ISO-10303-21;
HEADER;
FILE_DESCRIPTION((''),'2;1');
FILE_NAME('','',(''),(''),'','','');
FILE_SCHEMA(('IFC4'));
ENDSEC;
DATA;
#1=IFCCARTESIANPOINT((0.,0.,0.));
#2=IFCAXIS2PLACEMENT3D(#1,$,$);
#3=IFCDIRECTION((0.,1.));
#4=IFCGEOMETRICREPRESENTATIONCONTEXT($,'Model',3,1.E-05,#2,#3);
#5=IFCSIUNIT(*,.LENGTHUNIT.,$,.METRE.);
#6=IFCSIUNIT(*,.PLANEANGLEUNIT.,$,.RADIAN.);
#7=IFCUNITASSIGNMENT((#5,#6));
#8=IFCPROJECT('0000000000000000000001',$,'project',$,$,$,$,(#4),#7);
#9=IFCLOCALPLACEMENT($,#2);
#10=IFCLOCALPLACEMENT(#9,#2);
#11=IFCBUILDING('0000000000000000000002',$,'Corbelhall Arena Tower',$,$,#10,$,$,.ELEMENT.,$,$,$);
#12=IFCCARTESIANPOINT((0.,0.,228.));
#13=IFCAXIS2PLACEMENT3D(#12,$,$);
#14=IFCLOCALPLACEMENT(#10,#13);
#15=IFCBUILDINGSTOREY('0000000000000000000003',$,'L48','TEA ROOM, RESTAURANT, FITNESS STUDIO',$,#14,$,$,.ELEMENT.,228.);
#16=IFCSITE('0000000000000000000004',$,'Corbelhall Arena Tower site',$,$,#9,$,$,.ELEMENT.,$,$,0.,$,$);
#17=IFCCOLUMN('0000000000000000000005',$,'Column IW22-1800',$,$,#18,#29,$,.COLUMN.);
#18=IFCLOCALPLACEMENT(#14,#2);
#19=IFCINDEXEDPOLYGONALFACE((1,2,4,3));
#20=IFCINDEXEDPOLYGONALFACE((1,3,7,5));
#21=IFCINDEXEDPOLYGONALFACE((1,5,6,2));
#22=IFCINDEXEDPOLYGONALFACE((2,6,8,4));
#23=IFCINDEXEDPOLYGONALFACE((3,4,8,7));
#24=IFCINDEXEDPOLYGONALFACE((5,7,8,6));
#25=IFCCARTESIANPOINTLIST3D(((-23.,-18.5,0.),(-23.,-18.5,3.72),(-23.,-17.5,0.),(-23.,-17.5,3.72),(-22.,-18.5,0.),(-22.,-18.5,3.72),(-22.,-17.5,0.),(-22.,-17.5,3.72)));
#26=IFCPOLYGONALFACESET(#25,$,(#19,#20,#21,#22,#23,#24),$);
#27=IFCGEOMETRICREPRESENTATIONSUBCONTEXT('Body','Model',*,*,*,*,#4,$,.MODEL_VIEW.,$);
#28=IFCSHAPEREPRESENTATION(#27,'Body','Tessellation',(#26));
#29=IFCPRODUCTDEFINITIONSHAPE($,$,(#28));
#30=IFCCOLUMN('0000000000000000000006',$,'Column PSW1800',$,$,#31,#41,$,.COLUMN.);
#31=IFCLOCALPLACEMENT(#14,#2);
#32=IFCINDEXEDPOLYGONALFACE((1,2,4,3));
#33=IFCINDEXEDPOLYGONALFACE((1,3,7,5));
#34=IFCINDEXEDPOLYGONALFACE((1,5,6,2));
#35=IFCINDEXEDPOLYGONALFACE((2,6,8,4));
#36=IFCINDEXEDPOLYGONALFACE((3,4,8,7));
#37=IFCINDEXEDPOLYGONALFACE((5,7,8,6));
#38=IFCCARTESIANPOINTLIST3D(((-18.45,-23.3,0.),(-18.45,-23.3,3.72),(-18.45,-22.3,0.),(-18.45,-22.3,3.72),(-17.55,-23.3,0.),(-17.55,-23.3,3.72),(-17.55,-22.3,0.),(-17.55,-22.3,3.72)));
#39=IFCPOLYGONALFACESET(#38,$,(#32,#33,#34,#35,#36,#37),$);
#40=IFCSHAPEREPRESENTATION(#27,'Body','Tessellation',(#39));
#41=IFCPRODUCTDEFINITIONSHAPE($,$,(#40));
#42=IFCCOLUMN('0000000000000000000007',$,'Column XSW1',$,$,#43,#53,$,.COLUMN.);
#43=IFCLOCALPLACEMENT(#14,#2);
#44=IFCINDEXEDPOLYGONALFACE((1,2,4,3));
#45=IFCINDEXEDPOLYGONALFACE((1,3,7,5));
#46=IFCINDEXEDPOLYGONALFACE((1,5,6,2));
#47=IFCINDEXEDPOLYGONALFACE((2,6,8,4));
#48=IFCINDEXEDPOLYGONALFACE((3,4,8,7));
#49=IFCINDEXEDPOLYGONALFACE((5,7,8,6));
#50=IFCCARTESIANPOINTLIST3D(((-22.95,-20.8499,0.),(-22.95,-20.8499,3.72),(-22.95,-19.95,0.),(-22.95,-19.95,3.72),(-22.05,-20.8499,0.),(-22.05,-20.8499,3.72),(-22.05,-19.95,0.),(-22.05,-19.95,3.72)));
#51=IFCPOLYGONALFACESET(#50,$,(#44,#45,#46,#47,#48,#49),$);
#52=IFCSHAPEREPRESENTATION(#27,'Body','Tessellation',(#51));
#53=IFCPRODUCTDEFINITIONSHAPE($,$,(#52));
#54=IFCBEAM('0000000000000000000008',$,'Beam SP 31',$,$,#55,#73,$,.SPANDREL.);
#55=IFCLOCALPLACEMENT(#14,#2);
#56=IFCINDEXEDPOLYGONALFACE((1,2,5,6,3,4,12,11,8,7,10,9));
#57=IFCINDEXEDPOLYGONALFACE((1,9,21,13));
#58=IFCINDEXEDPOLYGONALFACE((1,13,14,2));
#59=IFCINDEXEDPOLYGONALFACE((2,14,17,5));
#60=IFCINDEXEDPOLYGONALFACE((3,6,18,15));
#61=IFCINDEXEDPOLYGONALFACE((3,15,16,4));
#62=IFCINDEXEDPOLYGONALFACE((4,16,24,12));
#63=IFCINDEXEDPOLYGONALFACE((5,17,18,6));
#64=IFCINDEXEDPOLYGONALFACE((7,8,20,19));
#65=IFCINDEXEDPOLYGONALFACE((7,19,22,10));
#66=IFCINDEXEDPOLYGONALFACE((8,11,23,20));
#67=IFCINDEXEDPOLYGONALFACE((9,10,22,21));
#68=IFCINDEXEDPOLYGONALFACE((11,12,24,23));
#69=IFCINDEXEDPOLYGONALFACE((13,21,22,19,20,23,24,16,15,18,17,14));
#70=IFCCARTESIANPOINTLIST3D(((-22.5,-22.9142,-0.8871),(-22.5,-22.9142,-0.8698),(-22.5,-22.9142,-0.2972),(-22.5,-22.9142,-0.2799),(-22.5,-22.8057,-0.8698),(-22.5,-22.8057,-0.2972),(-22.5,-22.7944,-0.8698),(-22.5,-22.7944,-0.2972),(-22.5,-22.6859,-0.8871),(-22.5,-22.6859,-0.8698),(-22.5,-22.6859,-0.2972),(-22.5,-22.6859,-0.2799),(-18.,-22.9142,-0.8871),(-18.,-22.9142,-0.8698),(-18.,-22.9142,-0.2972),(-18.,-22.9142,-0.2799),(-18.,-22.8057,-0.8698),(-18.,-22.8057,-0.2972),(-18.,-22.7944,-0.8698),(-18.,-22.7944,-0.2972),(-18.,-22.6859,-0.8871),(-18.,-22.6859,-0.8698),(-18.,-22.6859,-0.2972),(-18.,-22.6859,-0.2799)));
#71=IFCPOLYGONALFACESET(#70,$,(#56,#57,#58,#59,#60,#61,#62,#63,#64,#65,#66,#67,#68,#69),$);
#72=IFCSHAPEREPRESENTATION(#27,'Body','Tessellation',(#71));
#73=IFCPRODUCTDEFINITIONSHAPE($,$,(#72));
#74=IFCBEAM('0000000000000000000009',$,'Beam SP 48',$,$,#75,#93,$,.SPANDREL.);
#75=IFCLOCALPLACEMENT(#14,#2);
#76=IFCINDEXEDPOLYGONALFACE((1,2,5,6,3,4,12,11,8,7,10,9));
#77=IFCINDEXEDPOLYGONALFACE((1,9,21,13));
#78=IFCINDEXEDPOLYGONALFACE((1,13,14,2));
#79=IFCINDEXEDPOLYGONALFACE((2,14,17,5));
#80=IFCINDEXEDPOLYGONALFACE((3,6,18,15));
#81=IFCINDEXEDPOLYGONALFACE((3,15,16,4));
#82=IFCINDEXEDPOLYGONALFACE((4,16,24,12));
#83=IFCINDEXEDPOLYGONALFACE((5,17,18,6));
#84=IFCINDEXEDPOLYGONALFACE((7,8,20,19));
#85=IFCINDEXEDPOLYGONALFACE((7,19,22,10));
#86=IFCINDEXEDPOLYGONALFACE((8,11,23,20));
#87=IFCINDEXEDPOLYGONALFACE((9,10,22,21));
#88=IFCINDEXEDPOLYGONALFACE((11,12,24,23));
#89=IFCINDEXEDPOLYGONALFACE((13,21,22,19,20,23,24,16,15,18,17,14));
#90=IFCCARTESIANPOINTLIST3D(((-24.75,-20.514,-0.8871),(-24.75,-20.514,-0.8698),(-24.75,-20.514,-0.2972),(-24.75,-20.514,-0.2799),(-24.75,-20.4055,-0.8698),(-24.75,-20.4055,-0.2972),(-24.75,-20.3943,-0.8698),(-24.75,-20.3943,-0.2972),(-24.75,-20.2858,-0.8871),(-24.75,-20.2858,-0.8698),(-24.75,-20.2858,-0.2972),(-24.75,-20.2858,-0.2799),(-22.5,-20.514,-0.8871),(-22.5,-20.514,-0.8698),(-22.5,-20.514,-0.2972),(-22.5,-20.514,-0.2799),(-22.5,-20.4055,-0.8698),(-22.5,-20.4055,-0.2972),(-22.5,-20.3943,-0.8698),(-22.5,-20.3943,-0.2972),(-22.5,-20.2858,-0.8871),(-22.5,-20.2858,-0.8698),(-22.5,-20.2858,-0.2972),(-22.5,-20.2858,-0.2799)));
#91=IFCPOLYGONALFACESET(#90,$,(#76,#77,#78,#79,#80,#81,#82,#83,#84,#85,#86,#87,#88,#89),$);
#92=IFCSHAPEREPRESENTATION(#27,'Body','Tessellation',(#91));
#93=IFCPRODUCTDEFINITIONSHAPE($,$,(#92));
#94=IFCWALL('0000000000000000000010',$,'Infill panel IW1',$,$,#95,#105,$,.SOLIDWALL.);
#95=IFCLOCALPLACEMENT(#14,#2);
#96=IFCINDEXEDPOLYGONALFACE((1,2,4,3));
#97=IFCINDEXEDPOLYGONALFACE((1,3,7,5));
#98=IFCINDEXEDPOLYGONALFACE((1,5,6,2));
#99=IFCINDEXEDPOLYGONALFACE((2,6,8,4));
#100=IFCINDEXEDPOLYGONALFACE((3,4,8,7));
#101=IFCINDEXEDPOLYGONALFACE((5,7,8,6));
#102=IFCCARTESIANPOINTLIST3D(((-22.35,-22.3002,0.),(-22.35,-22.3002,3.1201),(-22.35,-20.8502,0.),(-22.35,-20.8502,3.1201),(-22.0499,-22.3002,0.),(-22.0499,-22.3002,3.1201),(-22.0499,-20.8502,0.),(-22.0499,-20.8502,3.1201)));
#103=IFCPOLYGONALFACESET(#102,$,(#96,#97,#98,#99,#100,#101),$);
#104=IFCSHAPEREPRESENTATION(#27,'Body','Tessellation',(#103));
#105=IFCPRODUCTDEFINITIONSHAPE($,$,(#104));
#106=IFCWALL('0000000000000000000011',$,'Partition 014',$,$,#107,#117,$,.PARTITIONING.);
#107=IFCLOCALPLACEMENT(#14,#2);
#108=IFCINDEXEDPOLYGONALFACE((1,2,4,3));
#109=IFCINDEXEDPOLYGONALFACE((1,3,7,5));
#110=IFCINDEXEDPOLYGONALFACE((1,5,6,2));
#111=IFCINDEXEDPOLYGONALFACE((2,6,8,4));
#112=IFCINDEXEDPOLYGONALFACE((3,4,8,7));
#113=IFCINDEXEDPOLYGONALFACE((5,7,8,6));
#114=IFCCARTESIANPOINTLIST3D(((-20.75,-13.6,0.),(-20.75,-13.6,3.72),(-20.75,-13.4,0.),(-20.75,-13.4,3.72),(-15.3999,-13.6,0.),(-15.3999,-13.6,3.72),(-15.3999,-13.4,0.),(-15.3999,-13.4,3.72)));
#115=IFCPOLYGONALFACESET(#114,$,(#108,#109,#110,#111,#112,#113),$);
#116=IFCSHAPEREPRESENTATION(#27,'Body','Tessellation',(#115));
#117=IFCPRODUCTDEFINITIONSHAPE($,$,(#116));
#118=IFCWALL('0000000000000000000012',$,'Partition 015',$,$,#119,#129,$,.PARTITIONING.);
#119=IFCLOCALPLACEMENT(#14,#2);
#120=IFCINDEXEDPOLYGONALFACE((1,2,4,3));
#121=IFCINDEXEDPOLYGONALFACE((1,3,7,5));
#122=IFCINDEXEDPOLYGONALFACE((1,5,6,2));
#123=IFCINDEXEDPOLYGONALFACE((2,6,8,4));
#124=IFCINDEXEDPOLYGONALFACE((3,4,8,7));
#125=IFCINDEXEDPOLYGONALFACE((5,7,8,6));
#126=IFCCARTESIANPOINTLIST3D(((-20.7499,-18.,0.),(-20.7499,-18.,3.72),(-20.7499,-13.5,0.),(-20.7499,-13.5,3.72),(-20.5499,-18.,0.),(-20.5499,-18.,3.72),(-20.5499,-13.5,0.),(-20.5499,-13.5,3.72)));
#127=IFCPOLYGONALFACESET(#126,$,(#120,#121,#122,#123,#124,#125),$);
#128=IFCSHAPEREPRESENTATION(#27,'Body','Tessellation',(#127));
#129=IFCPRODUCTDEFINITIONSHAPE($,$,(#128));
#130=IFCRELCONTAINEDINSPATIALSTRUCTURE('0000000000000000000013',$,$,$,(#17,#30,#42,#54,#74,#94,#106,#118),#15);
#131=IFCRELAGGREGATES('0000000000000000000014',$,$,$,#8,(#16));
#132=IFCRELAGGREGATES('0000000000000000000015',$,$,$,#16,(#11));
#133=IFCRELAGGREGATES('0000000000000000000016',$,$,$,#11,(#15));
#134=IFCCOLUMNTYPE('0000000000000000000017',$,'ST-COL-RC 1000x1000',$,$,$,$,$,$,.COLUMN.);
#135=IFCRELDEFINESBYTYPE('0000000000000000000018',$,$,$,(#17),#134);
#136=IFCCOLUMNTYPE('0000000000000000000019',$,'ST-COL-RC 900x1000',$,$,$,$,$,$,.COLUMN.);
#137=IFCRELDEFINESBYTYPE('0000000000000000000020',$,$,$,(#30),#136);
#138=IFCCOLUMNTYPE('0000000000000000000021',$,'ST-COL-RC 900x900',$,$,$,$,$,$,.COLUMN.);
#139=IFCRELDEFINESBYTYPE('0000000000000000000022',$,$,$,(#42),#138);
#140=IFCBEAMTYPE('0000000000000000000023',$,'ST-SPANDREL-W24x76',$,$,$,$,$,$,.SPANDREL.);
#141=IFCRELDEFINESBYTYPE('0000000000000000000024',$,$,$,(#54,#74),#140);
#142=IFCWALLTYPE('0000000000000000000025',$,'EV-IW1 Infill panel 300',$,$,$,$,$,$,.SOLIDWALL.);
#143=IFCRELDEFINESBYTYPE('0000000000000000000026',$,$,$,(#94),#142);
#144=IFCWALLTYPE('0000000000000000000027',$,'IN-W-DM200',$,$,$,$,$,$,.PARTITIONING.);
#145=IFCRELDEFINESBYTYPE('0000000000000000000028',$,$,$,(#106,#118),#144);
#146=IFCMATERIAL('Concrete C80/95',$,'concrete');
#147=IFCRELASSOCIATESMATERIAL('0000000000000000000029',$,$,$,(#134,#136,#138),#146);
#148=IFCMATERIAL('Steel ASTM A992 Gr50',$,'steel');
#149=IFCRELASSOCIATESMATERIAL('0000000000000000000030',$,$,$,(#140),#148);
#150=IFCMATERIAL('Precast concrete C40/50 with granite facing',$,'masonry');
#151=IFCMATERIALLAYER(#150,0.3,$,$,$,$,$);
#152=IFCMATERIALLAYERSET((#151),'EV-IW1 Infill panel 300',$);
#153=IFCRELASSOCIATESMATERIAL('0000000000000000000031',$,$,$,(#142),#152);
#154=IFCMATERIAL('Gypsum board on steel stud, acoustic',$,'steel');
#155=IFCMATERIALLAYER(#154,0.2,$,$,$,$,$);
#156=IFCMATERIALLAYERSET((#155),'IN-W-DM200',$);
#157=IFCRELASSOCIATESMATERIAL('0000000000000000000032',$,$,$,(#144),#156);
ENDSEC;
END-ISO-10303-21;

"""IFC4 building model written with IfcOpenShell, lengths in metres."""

from ifc_helpers import new_model, si_unit, direction, frame, frame_2d, origin, origin_2d, place, context, subcontext, project, spatial, rectangle, i_section, extrude, material, layer, layer_set, material_profile, profile_set, type_object, element, save


model = new_model("IFC4")

# Units and contexts
model_context = context("Model", 3, precision=1e-05, world=origin(), true_north=direction((0.0, 1.0)))
body_context = subcontext(model_context, "Body", "Model", "MODEL_VIEW")
ifc_project = project(units=[si_unit("LENGTHUNIT", "METRE"), si_unit("PLANEANGLEUNIT", "RADIAN")], contexts=[model_context])

# Site, building, storey
site_placement = place(None, origin())
site = spatial("IfcSite", under=ifc_project, at=site_placement, Name="Corbelhall Arena Tower site", CompositionType="ELEMENT", RefElevation=0.0)
building_placement = place(site_placement, origin())
building = spatial("IfcBuilding", under=site, at=building_placement, Name="Corbelhall Arena Tower", CompositionType="ELEMENT")
storey_placement = place(building_placement, frame((0.0, 0.0, 228.0)))
storey = spatial("IfcBuildingStorey", under=building, at=storey_placement, Name="L48", Description="TEA ROOM, RESTAURANT, FITNESS STUDIO", CompositionType="ELEMENT", Elevation=228.0)

# Columns
ifc_material_1 = material(Name="Concrete C80/95", Category="concrete")
ifc_material_profile_1 = material_profile(ifc_material_1, rectangle(XDim=1.0, YDim=1.0, at=origin_2d()))
ifc_profile_set_1 = profile_set([ifc_material_profile_1], Name="Concrete C80/95")
column_type_1 = type_object("IfcColumnType", Name="ST-COL-RC 1000x1000", PredefinedType="COLUMN", material=ifc_profile_set_1)
column_1_placement = place(storey_placement, frame((-22.5, -18.0, 0.0), z_axis=(0.0, 0.0, 1.0), x_axis=(1.0, 0.0, 0.0)))
element("IfcColumn", 1, at=column_1_placement, inside=storey, type_object=column_type_1, Name="Column IW22-1800", PredefinedType="COLUMN", context=body_context, shape_type="SweptSolid", body=[
    extrude(rectangle(XDim=1.0, YDim=1.0, at=origin_2d()), origin(), (0.0, 0.0, 1.0), 3.72),
])
ifc_material_profile_2 = material_profile(ifc_material_1, rectangle(XDim=0.8999, YDim=1.0, at=origin_2d()))
ifc_profile_set_2 = profile_set([ifc_material_profile_2], Name="Concrete C80/95")
column_type_2 = type_object("IfcColumnType", Name="ST-COL-RC 900x1000", PredefinedType="COLUMN", material=ifc_profile_set_2)
column_2_placement = place(storey_placement, frame((-18.0, -22.8, 0.0), z_axis=(0.0, 0.0, 1.0), x_axis=(1.0, 0.0, 0.0)))
element("IfcColumn", 2, at=column_2_placement, inside=storey, type_object=column_type_2, Name="Column PSW1800", PredefinedType="COLUMN", context=body_context, shape_type="SweptSolid", body=[
    extrude(rectangle(XDim=0.8999, YDim=1.0, at=origin_2d()), origin(), (0.0, 0.0, 1.0), 3.72),
])
ifc_material_profile_3 = material_profile(ifc_material_1, rectangle(XDim=0.8999, YDim=0.8999, at=origin_2d()))
ifc_profile_set_3 = profile_set([ifc_material_profile_3], Name="Concrete C80/95")
column_type_3 = type_object("IfcColumnType", Name="ST-COL-RC 900x900", PredefinedType="COLUMN", material=ifc_profile_set_3)
column_3_placement = place(storey_placement, frame((-22.5, -20.3999, 0.0), z_axis=(0.0, 0.0, 1.0), x_axis=(1.0, 0.0, 0.0)))
element("IfcColumn", 3, at=column_3_placement, inside=storey, type_object=column_type_3, Name="Column XSW1", PredefinedType="COLUMN", context=body_context, shape_type="SweptSolid", body=[
    extrude(rectangle(XDim=0.8999, YDim=0.8999, at=origin_2d()), origin(), (0.0, 0.0, 1.0), 3.72),
])

# Beams
ifc_material_2 = material(Name="Steel ASTM A992 Gr50", Category="steel")
ifc_material_profile_4 = material_profile(ifc_material_2, i_section(OverallWidth=0.2283, OverallDepth=0.6072, WebThickness=0.0112, FlangeThickness=0.0173, at=origin_2d()))
ifc_profile_set_4 = profile_set([ifc_material_profile_4], Name="Steel ASTM A992 Gr50")
beam_type = type_object("IfcBeamType", Name="ST-SPANDREL-W24x76", PredefinedType="SPANDREL", material=ifc_profile_set_4)
beam_1_placement = place(storey_placement, frame((-18.0, -22.8, -0.5835), z_axis=(-1.0, 0.0, 0.0), x_axis=(0.0, -1.0, 0.0)))
element("IfcBeam", 4, at=beam_1_placement, inside=storey, type_object=beam_type, Name="Beam SP 31", PredefinedType="SPANDREL", context=body_context, shape_type="SweptSolid", body=[
    extrude(i_section(OverallWidth=0.2283, OverallDepth=0.6072, WebThickness=0.0112, FlangeThickness=0.0173, at=origin_2d()), origin(), (0.0, 0.0, 1.0), 4.5),
])
beam_2_placement = place(storey_placement, frame((-22.5, -20.3999, -0.5835), z_axis=(-1.0, 0.0, 0.0), x_axis=(0.0, -1.0, 0.0)))
element("IfcBeam", 5, at=beam_2_placement, inside=storey, type_object=beam_type, Name="Beam SP 48", PredefinedType="SPANDREL", context=body_context, shape_type="SweptSolid", body=[
    extrude(i_section(OverallWidth=0.2283, OverallDepth=0.6072, WebThickness=0.0112, FlangeThickness=0.0173, at=origin_2d()), origin(), (0.0, 0.0, 1.0), 2.25),
])

# Wall
ifc_material_3 = material(Name="Precast concrete C40/50 with granite facing", Category="masonry")
ifc_layer_1 = layer(ifc_material_3, 0.3)
ifc_layer_set_1 = layer_set([ifc_layer_1], Name="EV-IW1 Infill panel 300")
wall_type_1 = type_object("IfcWallType", Name="EV-IW1 Infill panel 300", PredefinedType="SOLIDWALL", material=ifc_layer_set_1)
wall_1_placement = place(storey_placement, frame((-22.2, -20.8501, 0.0), z_axis=(0.0, 0.0, 1.0), x_axis=(0.0, -1.0, 0.0)))
element("IfcWall", 6, at=wall_1_placement, inside=storey, type_object=wall_type_1, Name="Infill panel IW1", PredefinedType="SOLIDWALL", context=body_context, shape_type="SweptSolid", body=[
    extrude(rectangle(XDim=1.45, YDim=0.3, at=frame_2d((0.7251, 0.0))), origin(), (0.0, 0.0, 1.0), 3.1201),
])

# Walls
ifc_material_4 = material(Name="Gypsum board on steel stud, acoustic", Category="steel")
ifc_layer_2 = layer(ifc_material_4, 0.2)
ifc_layer_set_2 = layer_set([ifc_layer_2], Name="IN-W-DM200")
wall_type_2 = type_object("IfcWallType", Name="IN-W-DM200", PredefinedType="PARTITIONING", material=ifc_layer_set_2)
wall_2_placement = place(storey_placement, frame((-20.75, -13.5, 0.0), z_axis=(0.0, 0.0, 1.0), x_axis=(1.0, 0.0, 0.0)))
element("IfcWall", 7, at=wall_2_placement, inside=storey, type_object=wall_type_2, Name="Partition 014", PredefinedType="PARTITIONING", context=body_context, shape_type="SweptSolid", body=[
    extrude(rectangle(XDim=5.3501, YDim=0.2, at=frame_2d((2.675, 0.0))), origin(), (0.0, 0.0, 1.0), 3.72),
])
wall_3_placement = place(storey_placement, frame((-20.6499, -18.0, 0.0), z_axis=(0.0, 0.0, 1.0), x_axis=(0.0, 1.0, 0.0)))
element("IfcWall", 8, at=wall_3_placement, inside=storey, type_object=wall_type_2, Name="Partition 015", PredefinedType="PARTITIONING", context=body_context, shape_type="SweptSolid", body=[
    extrude(rectangle(XDim=4.5, YDim=0.2, at=frame_2d((2.25, 0.0))), origin(), (0.0, 0.0, 1.0), 3.72),
])

save(model, "model.ifc")
